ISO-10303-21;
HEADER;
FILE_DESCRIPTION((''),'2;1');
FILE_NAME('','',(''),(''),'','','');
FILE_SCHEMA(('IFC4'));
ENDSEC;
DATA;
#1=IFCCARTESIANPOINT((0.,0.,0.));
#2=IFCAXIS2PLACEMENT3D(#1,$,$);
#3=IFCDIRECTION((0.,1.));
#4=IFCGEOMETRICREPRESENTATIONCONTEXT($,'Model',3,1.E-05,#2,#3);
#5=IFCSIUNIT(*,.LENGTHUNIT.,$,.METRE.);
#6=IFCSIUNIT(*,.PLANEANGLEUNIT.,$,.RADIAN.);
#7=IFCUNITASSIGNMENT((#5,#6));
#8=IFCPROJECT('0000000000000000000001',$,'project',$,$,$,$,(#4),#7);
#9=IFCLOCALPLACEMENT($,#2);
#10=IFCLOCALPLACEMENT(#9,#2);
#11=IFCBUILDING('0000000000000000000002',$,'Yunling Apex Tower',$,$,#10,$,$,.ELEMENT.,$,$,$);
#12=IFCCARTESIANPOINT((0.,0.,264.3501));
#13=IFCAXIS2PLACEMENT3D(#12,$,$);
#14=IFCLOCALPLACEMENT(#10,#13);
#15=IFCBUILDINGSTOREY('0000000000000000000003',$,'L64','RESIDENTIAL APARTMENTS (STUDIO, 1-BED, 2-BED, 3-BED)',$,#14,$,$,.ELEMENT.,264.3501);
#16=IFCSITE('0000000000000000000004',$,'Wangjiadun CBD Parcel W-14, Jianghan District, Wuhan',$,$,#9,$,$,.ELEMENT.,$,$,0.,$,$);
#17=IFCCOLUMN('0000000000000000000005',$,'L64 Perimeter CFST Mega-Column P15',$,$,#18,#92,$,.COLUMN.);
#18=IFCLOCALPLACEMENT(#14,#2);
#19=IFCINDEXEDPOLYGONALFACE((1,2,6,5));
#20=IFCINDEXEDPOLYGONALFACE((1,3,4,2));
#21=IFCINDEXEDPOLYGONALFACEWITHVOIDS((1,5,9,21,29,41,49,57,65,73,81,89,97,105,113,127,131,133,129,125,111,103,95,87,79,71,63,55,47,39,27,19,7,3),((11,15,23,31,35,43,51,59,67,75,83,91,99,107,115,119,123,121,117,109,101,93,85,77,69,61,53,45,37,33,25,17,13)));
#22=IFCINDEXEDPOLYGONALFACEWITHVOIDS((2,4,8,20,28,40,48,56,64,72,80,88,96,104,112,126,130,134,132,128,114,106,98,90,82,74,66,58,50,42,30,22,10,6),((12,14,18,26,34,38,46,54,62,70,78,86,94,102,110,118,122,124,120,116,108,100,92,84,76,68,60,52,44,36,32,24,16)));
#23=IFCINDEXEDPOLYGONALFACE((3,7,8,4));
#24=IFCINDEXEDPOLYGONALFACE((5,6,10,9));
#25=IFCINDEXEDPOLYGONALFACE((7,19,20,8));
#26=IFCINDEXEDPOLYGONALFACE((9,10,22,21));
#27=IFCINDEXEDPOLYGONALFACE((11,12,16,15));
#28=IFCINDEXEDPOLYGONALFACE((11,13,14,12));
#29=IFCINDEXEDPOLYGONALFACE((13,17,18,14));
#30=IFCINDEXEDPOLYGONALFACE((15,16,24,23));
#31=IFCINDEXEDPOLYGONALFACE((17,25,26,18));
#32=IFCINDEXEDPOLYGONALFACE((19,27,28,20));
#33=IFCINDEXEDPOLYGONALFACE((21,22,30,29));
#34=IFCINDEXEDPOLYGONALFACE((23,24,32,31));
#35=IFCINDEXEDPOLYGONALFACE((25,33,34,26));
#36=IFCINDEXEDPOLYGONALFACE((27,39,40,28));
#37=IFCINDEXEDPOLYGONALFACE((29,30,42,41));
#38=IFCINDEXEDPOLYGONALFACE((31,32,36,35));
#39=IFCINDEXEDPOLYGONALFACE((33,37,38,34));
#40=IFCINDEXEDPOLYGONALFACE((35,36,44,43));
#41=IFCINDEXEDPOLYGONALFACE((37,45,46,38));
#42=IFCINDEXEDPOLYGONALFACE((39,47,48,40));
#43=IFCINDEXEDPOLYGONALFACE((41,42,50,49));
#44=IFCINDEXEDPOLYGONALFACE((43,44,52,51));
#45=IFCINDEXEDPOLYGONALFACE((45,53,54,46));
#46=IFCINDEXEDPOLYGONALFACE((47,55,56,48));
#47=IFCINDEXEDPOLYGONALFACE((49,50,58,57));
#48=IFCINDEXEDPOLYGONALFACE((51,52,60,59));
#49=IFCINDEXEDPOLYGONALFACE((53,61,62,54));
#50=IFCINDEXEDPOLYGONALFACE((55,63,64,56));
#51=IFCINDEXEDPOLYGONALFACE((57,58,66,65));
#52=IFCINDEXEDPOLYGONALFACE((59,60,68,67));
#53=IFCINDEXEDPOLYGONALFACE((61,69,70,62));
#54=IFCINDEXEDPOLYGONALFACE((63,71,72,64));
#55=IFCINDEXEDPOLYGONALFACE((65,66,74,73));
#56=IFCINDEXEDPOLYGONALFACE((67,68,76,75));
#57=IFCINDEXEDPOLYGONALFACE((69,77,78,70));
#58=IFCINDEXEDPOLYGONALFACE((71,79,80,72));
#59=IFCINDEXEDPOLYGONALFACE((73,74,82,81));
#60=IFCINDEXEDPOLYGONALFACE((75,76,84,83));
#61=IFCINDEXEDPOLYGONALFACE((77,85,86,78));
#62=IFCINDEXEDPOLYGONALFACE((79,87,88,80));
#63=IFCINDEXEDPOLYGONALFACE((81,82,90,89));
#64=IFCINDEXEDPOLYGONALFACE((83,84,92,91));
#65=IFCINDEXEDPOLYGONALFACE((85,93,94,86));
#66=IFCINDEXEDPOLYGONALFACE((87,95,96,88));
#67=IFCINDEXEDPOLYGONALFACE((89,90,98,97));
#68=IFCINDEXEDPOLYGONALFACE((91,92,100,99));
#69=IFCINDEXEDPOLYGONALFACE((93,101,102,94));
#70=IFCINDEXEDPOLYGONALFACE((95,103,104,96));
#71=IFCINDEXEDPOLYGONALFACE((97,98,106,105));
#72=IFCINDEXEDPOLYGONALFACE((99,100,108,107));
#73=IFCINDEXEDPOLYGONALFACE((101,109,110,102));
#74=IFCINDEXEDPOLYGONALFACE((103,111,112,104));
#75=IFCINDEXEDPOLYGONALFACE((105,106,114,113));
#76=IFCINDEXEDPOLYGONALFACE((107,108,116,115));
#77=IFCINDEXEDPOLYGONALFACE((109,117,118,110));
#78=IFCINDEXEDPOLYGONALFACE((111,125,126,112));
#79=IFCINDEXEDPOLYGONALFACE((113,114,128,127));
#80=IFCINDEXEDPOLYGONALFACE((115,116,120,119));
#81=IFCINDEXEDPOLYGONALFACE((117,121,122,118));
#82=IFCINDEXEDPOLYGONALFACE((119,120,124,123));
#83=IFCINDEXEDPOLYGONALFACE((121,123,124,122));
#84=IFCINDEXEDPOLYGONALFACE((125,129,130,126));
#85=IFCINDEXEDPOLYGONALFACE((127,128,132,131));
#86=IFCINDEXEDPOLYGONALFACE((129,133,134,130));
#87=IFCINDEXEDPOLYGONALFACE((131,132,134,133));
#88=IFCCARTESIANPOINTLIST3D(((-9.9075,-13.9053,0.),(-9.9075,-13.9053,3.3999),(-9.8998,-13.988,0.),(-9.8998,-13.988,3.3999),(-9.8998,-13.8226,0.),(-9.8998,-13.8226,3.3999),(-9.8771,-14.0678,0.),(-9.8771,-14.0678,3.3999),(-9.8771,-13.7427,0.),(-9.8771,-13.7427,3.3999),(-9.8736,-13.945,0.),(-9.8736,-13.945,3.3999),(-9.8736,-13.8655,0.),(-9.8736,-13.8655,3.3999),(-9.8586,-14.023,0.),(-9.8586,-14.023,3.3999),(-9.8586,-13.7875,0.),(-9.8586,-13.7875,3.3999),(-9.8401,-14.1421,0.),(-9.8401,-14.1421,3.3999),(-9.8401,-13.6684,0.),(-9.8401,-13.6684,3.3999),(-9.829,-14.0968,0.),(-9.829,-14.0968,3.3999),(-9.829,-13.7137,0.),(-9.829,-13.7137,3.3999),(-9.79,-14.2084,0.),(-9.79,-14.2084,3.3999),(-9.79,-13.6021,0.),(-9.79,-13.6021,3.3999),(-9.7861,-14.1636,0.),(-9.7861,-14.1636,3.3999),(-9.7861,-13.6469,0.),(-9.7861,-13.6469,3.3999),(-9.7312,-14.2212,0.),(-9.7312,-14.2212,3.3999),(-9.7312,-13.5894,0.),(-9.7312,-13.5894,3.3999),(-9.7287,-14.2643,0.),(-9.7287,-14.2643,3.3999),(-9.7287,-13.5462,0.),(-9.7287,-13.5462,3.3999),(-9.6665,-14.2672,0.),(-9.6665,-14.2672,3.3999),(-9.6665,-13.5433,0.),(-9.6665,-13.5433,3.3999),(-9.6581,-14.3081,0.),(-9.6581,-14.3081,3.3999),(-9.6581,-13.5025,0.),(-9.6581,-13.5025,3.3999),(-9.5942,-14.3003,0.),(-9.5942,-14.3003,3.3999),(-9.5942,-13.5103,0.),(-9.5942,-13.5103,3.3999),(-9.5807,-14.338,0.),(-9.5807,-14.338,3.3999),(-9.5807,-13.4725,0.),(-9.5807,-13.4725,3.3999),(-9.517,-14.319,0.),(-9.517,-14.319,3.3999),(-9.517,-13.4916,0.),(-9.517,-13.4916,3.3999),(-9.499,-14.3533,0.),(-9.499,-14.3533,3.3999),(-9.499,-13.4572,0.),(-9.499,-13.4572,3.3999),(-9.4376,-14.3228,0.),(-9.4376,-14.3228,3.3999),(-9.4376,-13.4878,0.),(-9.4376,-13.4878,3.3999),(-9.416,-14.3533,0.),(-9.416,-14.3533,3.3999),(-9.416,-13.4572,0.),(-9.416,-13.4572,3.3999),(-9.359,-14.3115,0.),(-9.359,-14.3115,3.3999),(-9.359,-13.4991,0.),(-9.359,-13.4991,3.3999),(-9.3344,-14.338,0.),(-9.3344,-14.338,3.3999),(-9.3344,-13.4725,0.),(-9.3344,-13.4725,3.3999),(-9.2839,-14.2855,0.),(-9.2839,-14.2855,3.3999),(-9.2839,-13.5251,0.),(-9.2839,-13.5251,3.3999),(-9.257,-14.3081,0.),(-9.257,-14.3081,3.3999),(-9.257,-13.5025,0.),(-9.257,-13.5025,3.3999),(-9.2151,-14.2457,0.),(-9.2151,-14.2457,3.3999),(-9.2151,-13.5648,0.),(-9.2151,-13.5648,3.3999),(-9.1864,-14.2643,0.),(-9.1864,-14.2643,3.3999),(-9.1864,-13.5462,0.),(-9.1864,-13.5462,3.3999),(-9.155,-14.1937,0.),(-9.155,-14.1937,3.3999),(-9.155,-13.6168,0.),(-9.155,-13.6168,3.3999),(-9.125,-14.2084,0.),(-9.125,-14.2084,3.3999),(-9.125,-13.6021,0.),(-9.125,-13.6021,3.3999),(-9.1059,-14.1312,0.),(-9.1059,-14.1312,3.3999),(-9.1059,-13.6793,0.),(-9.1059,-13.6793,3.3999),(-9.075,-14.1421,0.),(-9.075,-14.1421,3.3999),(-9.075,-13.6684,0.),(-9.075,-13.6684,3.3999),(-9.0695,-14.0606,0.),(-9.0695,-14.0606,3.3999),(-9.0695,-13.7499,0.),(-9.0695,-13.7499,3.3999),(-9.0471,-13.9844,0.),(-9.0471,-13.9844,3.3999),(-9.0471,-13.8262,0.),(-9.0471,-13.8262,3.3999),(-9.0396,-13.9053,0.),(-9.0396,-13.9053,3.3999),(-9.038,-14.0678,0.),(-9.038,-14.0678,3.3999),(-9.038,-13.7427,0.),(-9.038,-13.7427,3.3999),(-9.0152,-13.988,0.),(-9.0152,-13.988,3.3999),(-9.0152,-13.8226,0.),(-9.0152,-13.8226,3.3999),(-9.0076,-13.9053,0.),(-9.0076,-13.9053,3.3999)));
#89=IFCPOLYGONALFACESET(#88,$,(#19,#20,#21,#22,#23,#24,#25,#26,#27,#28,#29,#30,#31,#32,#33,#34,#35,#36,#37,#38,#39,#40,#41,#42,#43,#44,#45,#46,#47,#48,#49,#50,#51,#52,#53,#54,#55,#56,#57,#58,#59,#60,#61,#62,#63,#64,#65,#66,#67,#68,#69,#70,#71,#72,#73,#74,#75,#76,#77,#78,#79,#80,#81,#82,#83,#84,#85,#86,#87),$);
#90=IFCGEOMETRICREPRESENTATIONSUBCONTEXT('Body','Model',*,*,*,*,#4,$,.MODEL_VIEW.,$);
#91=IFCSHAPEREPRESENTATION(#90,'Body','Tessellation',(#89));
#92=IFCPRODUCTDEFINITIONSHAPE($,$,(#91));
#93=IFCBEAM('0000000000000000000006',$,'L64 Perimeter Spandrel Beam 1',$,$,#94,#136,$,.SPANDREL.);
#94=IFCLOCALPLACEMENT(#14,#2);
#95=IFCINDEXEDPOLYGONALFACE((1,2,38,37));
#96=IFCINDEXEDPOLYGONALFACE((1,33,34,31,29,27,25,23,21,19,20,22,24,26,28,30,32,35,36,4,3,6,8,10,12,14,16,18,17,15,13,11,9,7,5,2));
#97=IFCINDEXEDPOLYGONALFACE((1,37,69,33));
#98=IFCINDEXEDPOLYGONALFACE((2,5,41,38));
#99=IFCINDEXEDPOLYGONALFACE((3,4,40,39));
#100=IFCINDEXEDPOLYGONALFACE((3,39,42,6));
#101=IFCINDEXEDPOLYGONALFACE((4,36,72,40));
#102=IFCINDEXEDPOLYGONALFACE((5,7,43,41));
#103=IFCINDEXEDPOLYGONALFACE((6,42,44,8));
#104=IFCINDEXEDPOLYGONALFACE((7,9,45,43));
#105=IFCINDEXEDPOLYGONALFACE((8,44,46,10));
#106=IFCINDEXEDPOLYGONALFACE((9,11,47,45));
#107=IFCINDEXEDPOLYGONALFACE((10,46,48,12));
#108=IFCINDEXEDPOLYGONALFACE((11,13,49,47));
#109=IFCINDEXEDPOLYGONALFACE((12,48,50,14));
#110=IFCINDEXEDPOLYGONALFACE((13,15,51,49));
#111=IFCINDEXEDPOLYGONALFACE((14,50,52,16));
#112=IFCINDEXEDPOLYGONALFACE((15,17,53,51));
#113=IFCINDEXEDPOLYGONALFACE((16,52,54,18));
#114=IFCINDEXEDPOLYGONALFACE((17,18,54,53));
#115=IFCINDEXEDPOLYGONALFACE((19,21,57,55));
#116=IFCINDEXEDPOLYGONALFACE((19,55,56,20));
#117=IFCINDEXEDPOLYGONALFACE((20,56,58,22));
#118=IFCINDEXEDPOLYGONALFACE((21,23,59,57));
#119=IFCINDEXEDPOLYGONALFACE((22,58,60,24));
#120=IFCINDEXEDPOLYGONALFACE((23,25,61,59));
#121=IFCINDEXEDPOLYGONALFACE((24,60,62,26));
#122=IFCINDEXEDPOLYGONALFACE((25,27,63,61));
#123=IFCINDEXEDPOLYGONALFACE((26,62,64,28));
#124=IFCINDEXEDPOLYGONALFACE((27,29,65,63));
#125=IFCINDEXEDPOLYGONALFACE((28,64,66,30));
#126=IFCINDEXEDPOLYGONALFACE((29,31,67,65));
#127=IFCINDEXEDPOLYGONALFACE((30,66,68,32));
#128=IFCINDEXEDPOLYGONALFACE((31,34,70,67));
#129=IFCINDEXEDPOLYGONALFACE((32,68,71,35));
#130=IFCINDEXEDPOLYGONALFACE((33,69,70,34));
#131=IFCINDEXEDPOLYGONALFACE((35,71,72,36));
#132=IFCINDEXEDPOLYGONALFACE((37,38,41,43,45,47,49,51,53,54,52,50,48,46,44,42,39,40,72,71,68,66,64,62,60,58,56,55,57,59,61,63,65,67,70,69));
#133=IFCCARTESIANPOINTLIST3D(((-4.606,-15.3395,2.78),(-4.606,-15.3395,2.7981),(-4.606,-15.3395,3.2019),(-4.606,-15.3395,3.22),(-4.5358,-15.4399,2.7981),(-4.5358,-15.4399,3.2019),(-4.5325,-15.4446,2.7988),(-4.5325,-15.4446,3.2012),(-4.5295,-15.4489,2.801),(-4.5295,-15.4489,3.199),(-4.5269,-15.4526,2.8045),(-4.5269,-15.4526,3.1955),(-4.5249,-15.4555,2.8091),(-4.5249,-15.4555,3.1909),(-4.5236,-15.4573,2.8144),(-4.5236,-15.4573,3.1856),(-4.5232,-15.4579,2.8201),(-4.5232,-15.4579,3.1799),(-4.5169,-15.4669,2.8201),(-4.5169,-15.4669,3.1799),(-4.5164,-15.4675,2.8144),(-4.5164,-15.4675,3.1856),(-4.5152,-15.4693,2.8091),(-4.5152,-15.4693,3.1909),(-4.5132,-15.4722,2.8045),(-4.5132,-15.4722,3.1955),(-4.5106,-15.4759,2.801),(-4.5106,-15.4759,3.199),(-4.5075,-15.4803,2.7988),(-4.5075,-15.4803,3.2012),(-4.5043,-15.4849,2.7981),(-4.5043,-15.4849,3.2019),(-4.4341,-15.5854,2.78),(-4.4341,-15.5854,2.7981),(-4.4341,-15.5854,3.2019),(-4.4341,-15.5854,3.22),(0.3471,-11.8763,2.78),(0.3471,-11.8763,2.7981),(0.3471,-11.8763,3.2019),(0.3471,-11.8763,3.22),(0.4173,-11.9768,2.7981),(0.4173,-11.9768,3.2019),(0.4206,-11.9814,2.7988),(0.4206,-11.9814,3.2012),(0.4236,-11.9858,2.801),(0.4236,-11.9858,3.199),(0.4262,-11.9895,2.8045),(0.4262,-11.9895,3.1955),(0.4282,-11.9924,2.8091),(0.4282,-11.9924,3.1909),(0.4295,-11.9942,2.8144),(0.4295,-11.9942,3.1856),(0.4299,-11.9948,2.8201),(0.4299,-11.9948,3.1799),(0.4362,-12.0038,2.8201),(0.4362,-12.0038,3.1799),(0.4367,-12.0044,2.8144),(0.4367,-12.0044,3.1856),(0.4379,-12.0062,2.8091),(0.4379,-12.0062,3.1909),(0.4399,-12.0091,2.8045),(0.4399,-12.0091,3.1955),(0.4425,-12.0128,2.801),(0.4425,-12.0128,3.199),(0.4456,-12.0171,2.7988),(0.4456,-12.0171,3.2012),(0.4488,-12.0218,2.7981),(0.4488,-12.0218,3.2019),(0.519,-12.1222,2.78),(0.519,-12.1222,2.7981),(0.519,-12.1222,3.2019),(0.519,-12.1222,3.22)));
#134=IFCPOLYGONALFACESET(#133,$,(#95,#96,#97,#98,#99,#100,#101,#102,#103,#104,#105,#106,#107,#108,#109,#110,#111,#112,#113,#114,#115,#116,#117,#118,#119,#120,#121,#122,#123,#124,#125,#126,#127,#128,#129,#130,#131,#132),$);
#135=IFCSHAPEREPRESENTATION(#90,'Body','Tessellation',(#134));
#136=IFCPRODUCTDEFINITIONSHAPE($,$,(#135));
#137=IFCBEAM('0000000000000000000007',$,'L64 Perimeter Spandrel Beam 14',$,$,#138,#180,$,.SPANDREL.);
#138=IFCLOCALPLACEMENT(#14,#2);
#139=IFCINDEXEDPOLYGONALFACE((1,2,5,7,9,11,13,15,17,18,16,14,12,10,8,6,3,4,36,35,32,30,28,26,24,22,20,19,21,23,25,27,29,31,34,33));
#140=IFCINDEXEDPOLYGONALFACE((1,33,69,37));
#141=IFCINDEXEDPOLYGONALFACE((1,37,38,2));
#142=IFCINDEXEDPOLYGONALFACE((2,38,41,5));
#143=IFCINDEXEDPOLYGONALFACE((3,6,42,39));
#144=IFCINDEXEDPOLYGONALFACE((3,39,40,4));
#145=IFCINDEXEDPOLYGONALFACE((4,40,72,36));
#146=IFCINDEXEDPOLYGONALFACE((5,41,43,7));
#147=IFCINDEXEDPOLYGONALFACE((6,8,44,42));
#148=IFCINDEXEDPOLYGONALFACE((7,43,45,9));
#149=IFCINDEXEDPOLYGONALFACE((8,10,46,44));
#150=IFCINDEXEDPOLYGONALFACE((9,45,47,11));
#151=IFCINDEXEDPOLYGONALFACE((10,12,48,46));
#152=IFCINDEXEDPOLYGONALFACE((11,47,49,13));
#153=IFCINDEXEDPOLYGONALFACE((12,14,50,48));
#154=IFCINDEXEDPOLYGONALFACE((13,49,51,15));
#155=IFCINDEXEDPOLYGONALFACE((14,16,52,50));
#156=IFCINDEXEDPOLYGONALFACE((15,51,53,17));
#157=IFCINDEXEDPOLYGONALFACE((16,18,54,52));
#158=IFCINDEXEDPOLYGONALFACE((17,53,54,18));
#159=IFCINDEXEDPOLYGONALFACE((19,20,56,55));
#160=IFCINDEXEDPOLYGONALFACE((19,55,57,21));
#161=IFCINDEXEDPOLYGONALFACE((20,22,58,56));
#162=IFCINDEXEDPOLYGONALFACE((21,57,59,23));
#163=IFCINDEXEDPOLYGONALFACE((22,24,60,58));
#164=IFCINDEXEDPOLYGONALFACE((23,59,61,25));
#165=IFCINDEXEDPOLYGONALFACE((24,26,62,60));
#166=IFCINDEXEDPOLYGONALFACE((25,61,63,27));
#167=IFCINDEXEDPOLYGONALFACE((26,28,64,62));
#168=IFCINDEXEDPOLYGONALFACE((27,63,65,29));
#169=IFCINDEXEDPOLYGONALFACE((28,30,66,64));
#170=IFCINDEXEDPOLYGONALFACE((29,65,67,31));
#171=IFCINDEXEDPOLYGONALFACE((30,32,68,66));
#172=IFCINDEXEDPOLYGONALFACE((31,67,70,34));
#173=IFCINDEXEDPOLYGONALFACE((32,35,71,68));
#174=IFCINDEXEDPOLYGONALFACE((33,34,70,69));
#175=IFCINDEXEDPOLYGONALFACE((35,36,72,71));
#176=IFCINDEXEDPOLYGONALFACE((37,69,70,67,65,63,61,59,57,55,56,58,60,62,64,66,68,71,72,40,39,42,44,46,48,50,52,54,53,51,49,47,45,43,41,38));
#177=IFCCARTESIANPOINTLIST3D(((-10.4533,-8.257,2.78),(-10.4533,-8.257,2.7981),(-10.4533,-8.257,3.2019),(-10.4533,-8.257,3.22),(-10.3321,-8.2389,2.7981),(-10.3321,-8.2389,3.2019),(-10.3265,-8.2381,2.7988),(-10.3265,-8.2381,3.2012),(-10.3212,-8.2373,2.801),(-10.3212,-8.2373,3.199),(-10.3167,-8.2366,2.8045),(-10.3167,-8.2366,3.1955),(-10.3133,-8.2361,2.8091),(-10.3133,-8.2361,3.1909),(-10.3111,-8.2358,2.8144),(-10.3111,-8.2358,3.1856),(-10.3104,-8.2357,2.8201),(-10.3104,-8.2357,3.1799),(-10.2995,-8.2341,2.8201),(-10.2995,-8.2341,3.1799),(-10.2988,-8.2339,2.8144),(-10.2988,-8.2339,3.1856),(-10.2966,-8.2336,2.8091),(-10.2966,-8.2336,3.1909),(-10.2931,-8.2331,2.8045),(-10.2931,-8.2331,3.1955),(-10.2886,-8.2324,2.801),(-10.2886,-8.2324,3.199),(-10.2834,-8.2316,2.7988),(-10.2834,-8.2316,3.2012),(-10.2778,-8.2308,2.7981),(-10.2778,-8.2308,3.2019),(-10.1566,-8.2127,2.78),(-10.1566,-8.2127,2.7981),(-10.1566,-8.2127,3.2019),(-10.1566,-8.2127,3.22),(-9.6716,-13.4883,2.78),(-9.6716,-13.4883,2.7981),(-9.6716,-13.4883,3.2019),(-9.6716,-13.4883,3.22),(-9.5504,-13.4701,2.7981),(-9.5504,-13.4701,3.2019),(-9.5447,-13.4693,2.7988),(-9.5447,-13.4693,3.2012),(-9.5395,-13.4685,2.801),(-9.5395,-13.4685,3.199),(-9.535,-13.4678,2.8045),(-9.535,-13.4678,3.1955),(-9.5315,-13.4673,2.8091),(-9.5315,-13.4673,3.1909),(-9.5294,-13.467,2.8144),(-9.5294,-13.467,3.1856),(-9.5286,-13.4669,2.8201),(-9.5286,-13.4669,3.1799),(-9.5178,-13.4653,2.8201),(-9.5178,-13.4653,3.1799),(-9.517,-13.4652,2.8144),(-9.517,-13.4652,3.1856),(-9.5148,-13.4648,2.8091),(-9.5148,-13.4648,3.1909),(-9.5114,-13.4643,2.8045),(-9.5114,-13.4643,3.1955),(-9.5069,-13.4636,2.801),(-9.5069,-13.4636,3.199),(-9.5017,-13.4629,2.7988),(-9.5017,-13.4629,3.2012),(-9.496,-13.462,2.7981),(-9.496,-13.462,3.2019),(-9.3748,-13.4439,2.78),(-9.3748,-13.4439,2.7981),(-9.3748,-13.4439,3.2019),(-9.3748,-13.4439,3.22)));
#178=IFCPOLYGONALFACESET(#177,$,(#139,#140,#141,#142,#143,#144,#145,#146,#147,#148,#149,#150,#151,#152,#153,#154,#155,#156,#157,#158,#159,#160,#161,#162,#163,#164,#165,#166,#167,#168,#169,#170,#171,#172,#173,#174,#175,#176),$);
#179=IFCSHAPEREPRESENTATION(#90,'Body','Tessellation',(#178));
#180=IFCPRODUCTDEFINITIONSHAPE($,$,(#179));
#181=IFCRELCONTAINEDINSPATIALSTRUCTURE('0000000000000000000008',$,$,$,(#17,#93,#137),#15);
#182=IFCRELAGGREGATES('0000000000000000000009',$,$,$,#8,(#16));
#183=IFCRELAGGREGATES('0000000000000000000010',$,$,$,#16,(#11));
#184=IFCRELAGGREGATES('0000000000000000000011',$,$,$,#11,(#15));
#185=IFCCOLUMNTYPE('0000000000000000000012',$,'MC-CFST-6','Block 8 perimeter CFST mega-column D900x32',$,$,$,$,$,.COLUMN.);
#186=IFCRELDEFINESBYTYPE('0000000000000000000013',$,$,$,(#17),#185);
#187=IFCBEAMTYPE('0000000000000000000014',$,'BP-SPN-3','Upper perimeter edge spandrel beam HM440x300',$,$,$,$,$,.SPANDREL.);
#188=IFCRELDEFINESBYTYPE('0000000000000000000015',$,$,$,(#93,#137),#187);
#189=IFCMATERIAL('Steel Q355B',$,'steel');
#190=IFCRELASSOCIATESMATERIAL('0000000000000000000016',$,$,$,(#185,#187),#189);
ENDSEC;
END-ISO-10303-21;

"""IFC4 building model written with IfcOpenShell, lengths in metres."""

from ifc_helpers import new_model, si_unit, direction, frame, origin, origin_2d, place, context, subcontext, project, spatial, hollow_circle, i_section, extrude, source, transform, mapped, material, material_profile, profile_set, type_object, element, save


model = new_model("IFC4")

# Units and contexts
model_context = context("Model", 3, precision=1e-05, world=origin(), true_north=direction((0.0, 1.0)))
body_context = subcontext(model_context, "Body", "Model", "MODEL_VIEW")
ifc_project = project(units=[si_unit("LENGTHUNIT", "METRE"), si_unit("PLANEANGLEUNIT", "RADIAN")], contexts=[model_context])

# Site, building, storey
site_placement = place(None, origin())
site = spatial("IfcSite", under=ifc_project, at=site_placement, Name="Wangjiadun CBD Parcel W-14, Jianghan District, Wuhan", CompositionType="ELEMENT", RefElevation=0.0)
building_placement = place(site_placement, origin())
building = spatial("IfcBuilding", under=site, at=building_placement, Name="Yunling Apex Tower", CompositionType="ELEMENT")
storey_placement = place(building_placement, frame((0.0, 0.0, 264.3501)))
storey = spatial("IfcBuildingStorey", under=building, at=storey_placement, Name="L64", Description="RESIDENTIAL APARTMENTS (STUDIO, 1-BED, 2-BED, 3-BED)", CompositionType="ELEMENT", Elevation=264.3501)

# Column
ifc_material_1 = material(Name="Steel Q355B", Category="steel")
ifc_material_profile_1 = material_profile(ifc_material_1, hollow_circle(Radius=0.45, WallThickness=0.032, at=origin_2d()))
ifc_profile_set_1 = profile_set([ifc_material_profile_1], Name="Steel Q355B")
column_type = type_object("IfcColumnType", Name="MC-CFST-6", Description="Block 8 perimeter CFST mega-column D900x32", PredefinedType="COLUMN", material=ifc_profile_set_1)
shared_shape_1 = source(origin(), body_context, "Body", "SweptSolid", [
    extrude(hollow_circle(Radius=0.45, WallThickness=0.032, at=origin_2d()), origin(), (0.0, 0.0, 1.0), 3.3999),
])
for number, where, z_axis, x_axis, name in (
    (1, (-9.4575, -13.9053, 0.0), (0.0, 0.0, 1.0), (1.0, 0.0, 0.0), "L64 Perimeter CFST Mega-Column P15"),
):
    element("IfcColumn", number, at=place(storey_placement, frame(where, z_axis=z_axis, x_axis=x_axis)), inside=storey, type_object=column_type, Name=name, PredefinedType="COLUMN", context=body_context, shape_type="MappedRepresentation", body=[
        mapped(shared_shape_1, transform((0.0, 0.0, 0.0), scale=1.0)),
    ])

# Beams
ifc_material_profile_2 = material_profile(ifc_material_1, i_section(OverallWidth=0.3, OverallDepth=0.4399, WebThickness=0.011, FlangeThickness=0.0181, FilletRadius=0.022, at=origin_2d()))
ifc_profile_set_2 = profile_set([ifc_material_profile_2], Name="Steel Q355B")
beam_type_1 = type_object("IfcBeamType", Name="BP-SPN-3", Description="Upper perimeter edge spandrel beam HM440x300", PredefinedType="SPANDREL", material=ifc_profile_set_2)
shared_shape_2 = source(origin(), body_context, "Body", "SweptSolid", [
    extrude(i_section(OverallWidth=0.3, OverallDepth=0.4399, WebThickness=0.011, FlangeThickness=0.0181, FilletRadius=0.022, at=origin_2d()), origin(), (0.0, 0.0, 1.0), 6.0437),
])
beam_1_placement = place(storey_placement, frame((-4.52, -15.4624, 3.0), z_axis=(0.819547, 0.573012, 0.0), x_axis=(-0.573012, 0.819547, 0.0)))
element("IfcBeam", 2, at=beam_1_placement, inside=storey, type_object=beam_type_1, Name="L64 Perimeter Spandrel Beam 1", PredefinedType="SPANDREL", context=body_context, shape_type="MappedRepresentation", body=[
    mapped(shared_shape_2, transform((0.0, 0.0, 0.0), scale=1.0)),
])
shared_shape_3 = source(origin(), body_context, "Body", "SweptSolid", [
    extrude(i_section(OverallWidth=0.3, OverallDepth=0.4399, WebThickness=0.011, FlangeThickness=0.0181, FilletRadius=0.022, at=origin_2d()), origin(), (0.0, 0.0, 1.0), 5.2893),
])
beam_2_placement = place(storey_placement, frame((-10.3049, -8.2349, 3.0), z_axis=(0.147796, -0.989018, 0.0), x_axis=(0.989018, 0.147796, 0.0)))
element("IfcBeam", 3, at=beam_2_placement, inside=storey, type_object=beam_type_1, Name="L64 Perimeter Spandrel Beam 14", PredefinedType="SPANDREL", context=body_context, shape_type="MappedRepresentation", body=[
    mapped(shared_shape_3, transform((0.0, 0.0, 0.0), scale=1.0)),
])

save(model, "model.ifc")
